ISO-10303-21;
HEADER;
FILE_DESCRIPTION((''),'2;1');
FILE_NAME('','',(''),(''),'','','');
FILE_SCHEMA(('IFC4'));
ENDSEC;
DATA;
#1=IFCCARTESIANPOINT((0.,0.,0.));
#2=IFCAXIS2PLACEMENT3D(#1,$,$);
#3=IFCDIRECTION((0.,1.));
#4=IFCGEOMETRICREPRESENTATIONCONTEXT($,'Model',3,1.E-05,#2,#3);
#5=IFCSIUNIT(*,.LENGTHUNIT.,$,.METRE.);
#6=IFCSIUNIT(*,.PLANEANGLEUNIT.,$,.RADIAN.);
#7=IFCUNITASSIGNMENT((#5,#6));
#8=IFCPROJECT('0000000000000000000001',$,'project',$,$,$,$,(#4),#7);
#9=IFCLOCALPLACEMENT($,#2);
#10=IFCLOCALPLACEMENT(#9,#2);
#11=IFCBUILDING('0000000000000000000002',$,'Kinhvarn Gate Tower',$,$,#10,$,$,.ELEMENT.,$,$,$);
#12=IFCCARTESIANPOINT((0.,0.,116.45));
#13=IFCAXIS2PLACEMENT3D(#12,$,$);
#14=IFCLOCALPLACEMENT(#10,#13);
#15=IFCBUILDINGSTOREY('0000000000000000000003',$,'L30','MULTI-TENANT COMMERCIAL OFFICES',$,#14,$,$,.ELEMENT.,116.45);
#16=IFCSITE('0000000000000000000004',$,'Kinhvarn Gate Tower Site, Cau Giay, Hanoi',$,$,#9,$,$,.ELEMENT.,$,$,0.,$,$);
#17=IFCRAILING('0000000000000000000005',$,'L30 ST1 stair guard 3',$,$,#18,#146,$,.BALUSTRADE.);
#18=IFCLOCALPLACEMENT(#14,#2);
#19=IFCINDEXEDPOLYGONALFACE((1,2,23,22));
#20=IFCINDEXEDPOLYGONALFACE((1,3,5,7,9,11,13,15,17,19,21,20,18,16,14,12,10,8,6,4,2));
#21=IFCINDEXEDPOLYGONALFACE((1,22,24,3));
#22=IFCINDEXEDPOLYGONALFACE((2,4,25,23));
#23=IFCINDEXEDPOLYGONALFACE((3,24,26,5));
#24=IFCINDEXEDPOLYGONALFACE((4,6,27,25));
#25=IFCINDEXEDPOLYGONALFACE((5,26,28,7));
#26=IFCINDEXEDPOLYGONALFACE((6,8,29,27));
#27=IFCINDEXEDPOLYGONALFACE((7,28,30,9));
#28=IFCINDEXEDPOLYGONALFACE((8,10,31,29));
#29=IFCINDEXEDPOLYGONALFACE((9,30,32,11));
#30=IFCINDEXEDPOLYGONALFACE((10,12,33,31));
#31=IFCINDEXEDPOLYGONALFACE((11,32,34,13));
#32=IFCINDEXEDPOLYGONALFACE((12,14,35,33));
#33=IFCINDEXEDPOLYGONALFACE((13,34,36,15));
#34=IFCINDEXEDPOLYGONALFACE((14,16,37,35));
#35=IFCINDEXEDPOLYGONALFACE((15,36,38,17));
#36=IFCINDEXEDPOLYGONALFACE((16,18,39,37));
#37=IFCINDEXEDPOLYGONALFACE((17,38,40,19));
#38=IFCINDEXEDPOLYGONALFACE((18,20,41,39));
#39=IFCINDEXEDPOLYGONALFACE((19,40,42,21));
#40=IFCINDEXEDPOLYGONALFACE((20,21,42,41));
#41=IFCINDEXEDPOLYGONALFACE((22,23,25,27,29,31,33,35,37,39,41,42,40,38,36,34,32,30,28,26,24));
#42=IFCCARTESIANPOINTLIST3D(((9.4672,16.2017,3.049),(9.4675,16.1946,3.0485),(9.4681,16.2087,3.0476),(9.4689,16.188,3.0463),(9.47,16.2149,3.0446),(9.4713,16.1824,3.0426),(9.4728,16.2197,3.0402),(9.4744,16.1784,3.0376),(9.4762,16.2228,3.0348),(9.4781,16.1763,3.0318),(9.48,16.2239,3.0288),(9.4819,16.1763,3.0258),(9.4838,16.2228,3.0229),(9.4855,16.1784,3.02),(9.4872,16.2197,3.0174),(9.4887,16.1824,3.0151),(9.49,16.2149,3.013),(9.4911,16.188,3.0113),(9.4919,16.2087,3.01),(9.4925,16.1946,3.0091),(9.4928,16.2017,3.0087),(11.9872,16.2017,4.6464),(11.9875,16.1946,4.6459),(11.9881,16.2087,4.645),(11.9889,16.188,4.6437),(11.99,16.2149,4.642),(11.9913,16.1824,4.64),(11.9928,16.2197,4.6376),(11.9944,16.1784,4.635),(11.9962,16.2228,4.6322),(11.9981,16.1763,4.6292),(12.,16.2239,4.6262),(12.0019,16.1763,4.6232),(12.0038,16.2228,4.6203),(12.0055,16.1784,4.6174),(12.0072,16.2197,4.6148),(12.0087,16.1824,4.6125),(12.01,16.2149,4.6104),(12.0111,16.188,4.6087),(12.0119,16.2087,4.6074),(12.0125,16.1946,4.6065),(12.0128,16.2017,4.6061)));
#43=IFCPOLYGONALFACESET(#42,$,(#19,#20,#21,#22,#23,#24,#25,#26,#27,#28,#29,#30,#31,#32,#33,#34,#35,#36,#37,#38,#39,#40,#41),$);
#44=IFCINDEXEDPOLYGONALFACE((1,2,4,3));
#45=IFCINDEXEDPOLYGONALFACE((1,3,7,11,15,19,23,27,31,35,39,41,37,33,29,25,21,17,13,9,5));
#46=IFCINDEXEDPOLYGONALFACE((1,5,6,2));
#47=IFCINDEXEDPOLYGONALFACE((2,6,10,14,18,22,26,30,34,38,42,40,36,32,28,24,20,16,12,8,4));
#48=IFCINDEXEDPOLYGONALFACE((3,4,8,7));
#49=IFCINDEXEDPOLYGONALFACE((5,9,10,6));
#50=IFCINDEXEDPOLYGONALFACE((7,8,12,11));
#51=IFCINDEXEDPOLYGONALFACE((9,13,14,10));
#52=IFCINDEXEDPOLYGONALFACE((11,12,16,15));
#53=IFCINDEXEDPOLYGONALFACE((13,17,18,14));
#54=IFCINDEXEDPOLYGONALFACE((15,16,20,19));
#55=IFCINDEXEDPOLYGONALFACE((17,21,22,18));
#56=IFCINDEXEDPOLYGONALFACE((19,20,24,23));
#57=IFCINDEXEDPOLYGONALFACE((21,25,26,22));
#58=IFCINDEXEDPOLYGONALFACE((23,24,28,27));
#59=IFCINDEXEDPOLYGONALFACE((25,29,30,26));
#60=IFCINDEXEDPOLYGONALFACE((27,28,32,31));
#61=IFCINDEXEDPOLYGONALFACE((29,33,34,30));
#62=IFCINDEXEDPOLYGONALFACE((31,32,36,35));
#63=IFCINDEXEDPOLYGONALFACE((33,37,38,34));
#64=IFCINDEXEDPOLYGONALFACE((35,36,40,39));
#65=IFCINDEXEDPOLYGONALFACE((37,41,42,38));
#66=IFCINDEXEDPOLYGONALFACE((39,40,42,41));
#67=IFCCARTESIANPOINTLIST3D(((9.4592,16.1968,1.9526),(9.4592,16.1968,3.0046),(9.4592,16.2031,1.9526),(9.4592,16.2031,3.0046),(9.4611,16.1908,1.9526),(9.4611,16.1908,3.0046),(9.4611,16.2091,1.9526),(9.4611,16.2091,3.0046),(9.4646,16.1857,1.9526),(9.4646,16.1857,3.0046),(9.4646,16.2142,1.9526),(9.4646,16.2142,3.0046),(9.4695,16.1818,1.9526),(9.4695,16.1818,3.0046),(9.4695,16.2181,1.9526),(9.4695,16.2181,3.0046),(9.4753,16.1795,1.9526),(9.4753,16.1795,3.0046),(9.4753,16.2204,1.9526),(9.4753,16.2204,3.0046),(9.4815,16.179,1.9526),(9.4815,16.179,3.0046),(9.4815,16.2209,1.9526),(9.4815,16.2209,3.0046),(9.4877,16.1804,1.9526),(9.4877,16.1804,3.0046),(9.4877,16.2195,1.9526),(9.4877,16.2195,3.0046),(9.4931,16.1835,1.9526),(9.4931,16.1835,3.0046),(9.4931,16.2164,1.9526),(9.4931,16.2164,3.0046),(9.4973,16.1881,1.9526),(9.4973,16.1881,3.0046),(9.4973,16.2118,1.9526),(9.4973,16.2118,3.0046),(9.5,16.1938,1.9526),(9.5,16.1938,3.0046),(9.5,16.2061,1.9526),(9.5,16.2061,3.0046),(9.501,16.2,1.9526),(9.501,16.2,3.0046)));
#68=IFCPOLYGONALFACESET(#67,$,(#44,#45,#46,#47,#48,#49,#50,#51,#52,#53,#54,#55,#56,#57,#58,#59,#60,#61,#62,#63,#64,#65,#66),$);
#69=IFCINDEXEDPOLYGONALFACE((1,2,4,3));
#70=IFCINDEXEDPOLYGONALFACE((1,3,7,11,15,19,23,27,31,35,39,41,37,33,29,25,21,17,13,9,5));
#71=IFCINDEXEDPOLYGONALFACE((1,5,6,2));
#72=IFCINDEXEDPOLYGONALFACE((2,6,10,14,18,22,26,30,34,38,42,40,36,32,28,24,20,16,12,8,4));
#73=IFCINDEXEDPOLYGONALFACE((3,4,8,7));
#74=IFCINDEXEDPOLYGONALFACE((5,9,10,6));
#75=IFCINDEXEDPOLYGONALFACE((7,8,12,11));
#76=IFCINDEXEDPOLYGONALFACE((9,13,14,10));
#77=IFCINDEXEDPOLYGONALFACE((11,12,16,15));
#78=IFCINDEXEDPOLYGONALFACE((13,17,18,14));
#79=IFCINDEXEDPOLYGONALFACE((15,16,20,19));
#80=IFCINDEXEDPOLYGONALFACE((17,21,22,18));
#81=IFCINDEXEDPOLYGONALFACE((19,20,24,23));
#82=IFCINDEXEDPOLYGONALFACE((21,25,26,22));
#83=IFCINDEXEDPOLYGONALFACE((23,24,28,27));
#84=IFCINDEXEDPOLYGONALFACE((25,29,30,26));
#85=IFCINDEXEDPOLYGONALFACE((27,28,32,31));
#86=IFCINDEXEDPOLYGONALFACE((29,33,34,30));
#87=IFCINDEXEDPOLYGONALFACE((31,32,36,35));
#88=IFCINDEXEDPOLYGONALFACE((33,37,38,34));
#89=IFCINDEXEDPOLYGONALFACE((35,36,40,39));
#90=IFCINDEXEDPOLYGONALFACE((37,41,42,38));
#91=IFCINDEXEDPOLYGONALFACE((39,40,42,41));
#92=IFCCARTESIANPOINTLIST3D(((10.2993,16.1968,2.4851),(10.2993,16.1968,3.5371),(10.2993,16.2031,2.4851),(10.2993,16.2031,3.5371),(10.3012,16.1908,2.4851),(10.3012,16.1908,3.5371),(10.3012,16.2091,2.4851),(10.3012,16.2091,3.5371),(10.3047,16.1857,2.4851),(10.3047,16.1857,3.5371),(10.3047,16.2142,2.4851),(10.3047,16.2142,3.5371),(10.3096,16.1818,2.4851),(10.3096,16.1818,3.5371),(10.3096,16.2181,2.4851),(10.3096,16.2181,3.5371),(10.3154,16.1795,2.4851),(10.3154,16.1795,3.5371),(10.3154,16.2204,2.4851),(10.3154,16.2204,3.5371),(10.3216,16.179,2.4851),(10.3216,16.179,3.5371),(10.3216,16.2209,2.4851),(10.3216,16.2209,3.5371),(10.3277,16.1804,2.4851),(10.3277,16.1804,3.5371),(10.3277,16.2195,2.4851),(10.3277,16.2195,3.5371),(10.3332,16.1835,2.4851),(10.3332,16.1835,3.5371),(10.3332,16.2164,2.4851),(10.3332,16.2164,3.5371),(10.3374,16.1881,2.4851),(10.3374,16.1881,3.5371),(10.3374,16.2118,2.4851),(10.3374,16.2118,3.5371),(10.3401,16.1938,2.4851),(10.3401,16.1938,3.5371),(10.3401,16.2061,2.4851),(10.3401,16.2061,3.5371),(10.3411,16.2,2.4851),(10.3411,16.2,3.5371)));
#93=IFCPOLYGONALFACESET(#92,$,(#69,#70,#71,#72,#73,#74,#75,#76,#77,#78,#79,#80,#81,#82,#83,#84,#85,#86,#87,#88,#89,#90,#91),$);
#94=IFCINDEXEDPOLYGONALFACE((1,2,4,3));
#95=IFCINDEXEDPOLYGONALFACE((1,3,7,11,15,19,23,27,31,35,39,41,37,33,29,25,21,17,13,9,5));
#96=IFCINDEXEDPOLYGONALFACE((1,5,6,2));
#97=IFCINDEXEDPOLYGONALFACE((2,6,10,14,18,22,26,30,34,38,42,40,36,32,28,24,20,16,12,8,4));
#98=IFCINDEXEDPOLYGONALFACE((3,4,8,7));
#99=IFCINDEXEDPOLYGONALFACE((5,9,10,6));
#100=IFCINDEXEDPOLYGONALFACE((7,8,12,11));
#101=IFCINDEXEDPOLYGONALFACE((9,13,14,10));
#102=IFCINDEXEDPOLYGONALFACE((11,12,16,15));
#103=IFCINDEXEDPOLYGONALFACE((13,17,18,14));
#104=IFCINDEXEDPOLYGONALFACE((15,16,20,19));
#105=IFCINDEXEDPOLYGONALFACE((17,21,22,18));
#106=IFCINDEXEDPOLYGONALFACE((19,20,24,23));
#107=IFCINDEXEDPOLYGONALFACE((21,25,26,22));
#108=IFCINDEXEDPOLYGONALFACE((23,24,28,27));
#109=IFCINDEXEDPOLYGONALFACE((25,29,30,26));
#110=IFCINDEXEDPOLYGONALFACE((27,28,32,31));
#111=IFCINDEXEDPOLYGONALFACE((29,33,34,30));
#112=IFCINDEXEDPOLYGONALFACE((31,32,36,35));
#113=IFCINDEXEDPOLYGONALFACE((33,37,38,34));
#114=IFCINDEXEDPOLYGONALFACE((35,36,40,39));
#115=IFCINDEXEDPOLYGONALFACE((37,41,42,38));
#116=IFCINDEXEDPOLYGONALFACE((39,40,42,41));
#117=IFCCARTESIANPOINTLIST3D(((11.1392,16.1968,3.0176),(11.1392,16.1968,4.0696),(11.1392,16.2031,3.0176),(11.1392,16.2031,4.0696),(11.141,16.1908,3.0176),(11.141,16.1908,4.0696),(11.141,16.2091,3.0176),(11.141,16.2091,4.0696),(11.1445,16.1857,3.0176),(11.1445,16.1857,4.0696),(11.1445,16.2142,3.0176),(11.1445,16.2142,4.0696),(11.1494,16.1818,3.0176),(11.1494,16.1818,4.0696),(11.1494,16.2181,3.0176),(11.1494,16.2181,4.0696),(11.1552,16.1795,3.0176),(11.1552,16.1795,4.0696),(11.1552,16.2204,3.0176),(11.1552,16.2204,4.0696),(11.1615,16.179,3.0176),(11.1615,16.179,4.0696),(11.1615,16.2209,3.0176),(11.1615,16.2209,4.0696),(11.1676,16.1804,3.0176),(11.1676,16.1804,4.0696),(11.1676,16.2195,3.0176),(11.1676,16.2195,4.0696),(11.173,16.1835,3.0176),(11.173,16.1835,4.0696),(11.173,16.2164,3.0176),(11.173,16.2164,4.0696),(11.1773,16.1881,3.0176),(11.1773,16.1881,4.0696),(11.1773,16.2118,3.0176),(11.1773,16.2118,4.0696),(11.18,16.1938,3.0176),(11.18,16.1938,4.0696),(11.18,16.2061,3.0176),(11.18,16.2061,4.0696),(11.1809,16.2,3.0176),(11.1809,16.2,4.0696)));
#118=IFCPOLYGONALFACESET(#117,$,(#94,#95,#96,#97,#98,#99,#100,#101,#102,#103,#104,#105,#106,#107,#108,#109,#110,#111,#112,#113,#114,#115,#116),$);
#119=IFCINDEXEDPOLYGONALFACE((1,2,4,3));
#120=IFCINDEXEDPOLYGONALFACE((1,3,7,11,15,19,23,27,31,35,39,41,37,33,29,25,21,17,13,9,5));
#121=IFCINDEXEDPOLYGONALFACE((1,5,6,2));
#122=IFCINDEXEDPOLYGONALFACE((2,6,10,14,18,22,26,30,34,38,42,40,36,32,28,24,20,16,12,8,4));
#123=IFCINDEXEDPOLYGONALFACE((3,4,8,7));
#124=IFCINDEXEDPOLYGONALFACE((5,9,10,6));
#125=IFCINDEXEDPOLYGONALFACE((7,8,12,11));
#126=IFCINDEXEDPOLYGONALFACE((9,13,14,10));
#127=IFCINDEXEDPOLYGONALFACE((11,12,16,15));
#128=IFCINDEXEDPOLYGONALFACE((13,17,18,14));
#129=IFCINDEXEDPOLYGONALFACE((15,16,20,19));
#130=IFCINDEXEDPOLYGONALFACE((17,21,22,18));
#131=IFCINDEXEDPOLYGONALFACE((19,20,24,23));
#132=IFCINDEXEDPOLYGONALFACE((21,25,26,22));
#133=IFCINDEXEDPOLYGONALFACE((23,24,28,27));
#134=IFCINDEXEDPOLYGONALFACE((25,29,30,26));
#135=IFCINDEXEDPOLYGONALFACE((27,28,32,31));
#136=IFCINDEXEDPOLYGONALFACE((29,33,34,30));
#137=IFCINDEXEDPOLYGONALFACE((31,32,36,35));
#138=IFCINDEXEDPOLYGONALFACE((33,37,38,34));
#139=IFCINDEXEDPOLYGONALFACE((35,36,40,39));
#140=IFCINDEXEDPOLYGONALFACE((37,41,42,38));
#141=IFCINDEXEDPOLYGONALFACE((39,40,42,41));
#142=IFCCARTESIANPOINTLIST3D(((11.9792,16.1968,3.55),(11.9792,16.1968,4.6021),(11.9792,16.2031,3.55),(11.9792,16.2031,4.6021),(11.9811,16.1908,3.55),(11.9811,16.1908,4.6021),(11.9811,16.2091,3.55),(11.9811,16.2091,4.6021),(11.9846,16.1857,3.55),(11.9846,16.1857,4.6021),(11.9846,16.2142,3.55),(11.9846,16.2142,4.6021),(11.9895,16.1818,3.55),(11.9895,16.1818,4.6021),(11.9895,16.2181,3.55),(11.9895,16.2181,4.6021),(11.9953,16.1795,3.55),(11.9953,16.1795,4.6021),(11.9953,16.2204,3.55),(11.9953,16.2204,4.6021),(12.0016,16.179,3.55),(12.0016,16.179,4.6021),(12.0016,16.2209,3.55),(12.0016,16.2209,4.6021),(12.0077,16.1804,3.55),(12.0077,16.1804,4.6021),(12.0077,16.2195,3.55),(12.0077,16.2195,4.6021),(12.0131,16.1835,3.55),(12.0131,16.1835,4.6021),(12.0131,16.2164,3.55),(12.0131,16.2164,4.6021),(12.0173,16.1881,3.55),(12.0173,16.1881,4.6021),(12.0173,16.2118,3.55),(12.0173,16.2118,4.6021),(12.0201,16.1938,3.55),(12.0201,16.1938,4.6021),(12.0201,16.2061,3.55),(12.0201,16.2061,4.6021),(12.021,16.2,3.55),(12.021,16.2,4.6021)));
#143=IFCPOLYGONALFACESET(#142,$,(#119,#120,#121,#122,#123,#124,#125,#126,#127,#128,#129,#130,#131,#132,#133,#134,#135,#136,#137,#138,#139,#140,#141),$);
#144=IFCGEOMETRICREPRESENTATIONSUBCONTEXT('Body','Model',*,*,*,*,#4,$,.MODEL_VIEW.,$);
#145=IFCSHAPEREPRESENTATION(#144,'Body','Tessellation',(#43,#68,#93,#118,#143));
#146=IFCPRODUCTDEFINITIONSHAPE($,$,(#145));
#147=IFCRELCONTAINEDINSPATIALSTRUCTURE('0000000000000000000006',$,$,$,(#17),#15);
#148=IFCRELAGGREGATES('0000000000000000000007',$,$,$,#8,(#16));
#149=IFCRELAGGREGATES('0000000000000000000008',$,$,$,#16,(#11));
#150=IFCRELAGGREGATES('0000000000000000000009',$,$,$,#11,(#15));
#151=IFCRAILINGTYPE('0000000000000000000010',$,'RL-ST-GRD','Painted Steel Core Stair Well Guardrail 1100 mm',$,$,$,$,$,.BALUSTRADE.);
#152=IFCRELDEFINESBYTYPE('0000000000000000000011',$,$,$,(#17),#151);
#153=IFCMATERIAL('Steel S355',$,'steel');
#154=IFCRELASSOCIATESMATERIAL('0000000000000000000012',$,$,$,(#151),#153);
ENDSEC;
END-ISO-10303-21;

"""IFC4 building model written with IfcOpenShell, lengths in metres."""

from ifc_helpers import new_model, si_unit, direction, frame, origin, origin_2d, place, context, subcontext, project, spatial, circle, extrude, material, type_object, element, save


model = new_model("IFC4")

# Units and contexts
model_context = context("Model", 3, precision=1e-05, world=origin(), true_north=direction((0.0, 1.0)))
body_context = subcontext(model_context, "Body", "Model", "MODEL_VIEW")
ifc_project = project(units=[si_unit("LENGTHUNIT", "METRE"), si_unit("PLANEANGLEUNIT", "RADIAN")], contexts=[model_context])

# Site, building, storey
site_placement = place(None, origin())
site = spatial("IfcSite", under=ifc_project, at=site_placement, Name="Kinhvarn Gate Tower Site, Cau Giay, Hanoi", CompositionType="ELEMENT", RefElevation=0.0)
building_placement = place(site_placement, origin())
building = spatial("IfcBuilding", under=site, at=building_placement, Name="Kinhvarn Gate Tower", CompositionType="ELEMENT")
storey_placement = place(building_placement, frame((0.0, 0.0, 116.45)))
storey = spatial("IfcBuildingStorey", under=building, at=storey_placement, Name="L30", Description="MULTI-TENANT COMMERCIAL OFFICES", CompositionType="ELEMENT", Elevation=116.45)

# Shared definitions
ifc_material_1 = material(Name="Steel S355", Category="steel")

# Railing
railing_type_1 = type_object("IfcRailingType", Name="RL-ST-GRD", Description="Painted Steel Core Stair Well Guardrail 1100 mm", PredefinedType="BALUSTRADE", material=ifc_material_1)
railing_1_placement = place(storey_placement, frame((9.48, 16.2, 1.9526)))
element("IfcRailing", 1, at=railing_1_placement, inside=storey, type_object=railing_type_1, Name="L30 ST1 stair guard 3", PredefinedType="BALUSTRADE", context=body_context, shape_type="SweptSolid", body=[
    extrude(circle(Radius=0.0239, at=origin_2d()), frame((0.0, 0.0, 1.0762), z_axis=(0.844607, 0.0, 0.535387), x_axis=(0.0, 1.0, 0.0)), (0.0, 0.0, 1.0), 2.9836),
    extrude(circle(Radius=0.021, at=origin_2d()), origin(), (0.0, 0.0, 1.0), 1.052),
    extrude(circle(Radius=0.021, at=origin_2d()), frame((0.8401, 0.0, 0.5325)), (0.0, 0.0, 1.0), 1.052),
    extrude(circle(Radius=0.021, at=origin_2d()), frame((1.6799, 0.0, 1.0649)), (0.0, 0.0, 1.0), 1.052),
    extrude(circle(Radius=0.021, at=origin_2d()), frame((2.52, 0.0, 1.5974)), (0.0, 0.0, 1.0), 1.052),
])

save(model, "model.ifc")
